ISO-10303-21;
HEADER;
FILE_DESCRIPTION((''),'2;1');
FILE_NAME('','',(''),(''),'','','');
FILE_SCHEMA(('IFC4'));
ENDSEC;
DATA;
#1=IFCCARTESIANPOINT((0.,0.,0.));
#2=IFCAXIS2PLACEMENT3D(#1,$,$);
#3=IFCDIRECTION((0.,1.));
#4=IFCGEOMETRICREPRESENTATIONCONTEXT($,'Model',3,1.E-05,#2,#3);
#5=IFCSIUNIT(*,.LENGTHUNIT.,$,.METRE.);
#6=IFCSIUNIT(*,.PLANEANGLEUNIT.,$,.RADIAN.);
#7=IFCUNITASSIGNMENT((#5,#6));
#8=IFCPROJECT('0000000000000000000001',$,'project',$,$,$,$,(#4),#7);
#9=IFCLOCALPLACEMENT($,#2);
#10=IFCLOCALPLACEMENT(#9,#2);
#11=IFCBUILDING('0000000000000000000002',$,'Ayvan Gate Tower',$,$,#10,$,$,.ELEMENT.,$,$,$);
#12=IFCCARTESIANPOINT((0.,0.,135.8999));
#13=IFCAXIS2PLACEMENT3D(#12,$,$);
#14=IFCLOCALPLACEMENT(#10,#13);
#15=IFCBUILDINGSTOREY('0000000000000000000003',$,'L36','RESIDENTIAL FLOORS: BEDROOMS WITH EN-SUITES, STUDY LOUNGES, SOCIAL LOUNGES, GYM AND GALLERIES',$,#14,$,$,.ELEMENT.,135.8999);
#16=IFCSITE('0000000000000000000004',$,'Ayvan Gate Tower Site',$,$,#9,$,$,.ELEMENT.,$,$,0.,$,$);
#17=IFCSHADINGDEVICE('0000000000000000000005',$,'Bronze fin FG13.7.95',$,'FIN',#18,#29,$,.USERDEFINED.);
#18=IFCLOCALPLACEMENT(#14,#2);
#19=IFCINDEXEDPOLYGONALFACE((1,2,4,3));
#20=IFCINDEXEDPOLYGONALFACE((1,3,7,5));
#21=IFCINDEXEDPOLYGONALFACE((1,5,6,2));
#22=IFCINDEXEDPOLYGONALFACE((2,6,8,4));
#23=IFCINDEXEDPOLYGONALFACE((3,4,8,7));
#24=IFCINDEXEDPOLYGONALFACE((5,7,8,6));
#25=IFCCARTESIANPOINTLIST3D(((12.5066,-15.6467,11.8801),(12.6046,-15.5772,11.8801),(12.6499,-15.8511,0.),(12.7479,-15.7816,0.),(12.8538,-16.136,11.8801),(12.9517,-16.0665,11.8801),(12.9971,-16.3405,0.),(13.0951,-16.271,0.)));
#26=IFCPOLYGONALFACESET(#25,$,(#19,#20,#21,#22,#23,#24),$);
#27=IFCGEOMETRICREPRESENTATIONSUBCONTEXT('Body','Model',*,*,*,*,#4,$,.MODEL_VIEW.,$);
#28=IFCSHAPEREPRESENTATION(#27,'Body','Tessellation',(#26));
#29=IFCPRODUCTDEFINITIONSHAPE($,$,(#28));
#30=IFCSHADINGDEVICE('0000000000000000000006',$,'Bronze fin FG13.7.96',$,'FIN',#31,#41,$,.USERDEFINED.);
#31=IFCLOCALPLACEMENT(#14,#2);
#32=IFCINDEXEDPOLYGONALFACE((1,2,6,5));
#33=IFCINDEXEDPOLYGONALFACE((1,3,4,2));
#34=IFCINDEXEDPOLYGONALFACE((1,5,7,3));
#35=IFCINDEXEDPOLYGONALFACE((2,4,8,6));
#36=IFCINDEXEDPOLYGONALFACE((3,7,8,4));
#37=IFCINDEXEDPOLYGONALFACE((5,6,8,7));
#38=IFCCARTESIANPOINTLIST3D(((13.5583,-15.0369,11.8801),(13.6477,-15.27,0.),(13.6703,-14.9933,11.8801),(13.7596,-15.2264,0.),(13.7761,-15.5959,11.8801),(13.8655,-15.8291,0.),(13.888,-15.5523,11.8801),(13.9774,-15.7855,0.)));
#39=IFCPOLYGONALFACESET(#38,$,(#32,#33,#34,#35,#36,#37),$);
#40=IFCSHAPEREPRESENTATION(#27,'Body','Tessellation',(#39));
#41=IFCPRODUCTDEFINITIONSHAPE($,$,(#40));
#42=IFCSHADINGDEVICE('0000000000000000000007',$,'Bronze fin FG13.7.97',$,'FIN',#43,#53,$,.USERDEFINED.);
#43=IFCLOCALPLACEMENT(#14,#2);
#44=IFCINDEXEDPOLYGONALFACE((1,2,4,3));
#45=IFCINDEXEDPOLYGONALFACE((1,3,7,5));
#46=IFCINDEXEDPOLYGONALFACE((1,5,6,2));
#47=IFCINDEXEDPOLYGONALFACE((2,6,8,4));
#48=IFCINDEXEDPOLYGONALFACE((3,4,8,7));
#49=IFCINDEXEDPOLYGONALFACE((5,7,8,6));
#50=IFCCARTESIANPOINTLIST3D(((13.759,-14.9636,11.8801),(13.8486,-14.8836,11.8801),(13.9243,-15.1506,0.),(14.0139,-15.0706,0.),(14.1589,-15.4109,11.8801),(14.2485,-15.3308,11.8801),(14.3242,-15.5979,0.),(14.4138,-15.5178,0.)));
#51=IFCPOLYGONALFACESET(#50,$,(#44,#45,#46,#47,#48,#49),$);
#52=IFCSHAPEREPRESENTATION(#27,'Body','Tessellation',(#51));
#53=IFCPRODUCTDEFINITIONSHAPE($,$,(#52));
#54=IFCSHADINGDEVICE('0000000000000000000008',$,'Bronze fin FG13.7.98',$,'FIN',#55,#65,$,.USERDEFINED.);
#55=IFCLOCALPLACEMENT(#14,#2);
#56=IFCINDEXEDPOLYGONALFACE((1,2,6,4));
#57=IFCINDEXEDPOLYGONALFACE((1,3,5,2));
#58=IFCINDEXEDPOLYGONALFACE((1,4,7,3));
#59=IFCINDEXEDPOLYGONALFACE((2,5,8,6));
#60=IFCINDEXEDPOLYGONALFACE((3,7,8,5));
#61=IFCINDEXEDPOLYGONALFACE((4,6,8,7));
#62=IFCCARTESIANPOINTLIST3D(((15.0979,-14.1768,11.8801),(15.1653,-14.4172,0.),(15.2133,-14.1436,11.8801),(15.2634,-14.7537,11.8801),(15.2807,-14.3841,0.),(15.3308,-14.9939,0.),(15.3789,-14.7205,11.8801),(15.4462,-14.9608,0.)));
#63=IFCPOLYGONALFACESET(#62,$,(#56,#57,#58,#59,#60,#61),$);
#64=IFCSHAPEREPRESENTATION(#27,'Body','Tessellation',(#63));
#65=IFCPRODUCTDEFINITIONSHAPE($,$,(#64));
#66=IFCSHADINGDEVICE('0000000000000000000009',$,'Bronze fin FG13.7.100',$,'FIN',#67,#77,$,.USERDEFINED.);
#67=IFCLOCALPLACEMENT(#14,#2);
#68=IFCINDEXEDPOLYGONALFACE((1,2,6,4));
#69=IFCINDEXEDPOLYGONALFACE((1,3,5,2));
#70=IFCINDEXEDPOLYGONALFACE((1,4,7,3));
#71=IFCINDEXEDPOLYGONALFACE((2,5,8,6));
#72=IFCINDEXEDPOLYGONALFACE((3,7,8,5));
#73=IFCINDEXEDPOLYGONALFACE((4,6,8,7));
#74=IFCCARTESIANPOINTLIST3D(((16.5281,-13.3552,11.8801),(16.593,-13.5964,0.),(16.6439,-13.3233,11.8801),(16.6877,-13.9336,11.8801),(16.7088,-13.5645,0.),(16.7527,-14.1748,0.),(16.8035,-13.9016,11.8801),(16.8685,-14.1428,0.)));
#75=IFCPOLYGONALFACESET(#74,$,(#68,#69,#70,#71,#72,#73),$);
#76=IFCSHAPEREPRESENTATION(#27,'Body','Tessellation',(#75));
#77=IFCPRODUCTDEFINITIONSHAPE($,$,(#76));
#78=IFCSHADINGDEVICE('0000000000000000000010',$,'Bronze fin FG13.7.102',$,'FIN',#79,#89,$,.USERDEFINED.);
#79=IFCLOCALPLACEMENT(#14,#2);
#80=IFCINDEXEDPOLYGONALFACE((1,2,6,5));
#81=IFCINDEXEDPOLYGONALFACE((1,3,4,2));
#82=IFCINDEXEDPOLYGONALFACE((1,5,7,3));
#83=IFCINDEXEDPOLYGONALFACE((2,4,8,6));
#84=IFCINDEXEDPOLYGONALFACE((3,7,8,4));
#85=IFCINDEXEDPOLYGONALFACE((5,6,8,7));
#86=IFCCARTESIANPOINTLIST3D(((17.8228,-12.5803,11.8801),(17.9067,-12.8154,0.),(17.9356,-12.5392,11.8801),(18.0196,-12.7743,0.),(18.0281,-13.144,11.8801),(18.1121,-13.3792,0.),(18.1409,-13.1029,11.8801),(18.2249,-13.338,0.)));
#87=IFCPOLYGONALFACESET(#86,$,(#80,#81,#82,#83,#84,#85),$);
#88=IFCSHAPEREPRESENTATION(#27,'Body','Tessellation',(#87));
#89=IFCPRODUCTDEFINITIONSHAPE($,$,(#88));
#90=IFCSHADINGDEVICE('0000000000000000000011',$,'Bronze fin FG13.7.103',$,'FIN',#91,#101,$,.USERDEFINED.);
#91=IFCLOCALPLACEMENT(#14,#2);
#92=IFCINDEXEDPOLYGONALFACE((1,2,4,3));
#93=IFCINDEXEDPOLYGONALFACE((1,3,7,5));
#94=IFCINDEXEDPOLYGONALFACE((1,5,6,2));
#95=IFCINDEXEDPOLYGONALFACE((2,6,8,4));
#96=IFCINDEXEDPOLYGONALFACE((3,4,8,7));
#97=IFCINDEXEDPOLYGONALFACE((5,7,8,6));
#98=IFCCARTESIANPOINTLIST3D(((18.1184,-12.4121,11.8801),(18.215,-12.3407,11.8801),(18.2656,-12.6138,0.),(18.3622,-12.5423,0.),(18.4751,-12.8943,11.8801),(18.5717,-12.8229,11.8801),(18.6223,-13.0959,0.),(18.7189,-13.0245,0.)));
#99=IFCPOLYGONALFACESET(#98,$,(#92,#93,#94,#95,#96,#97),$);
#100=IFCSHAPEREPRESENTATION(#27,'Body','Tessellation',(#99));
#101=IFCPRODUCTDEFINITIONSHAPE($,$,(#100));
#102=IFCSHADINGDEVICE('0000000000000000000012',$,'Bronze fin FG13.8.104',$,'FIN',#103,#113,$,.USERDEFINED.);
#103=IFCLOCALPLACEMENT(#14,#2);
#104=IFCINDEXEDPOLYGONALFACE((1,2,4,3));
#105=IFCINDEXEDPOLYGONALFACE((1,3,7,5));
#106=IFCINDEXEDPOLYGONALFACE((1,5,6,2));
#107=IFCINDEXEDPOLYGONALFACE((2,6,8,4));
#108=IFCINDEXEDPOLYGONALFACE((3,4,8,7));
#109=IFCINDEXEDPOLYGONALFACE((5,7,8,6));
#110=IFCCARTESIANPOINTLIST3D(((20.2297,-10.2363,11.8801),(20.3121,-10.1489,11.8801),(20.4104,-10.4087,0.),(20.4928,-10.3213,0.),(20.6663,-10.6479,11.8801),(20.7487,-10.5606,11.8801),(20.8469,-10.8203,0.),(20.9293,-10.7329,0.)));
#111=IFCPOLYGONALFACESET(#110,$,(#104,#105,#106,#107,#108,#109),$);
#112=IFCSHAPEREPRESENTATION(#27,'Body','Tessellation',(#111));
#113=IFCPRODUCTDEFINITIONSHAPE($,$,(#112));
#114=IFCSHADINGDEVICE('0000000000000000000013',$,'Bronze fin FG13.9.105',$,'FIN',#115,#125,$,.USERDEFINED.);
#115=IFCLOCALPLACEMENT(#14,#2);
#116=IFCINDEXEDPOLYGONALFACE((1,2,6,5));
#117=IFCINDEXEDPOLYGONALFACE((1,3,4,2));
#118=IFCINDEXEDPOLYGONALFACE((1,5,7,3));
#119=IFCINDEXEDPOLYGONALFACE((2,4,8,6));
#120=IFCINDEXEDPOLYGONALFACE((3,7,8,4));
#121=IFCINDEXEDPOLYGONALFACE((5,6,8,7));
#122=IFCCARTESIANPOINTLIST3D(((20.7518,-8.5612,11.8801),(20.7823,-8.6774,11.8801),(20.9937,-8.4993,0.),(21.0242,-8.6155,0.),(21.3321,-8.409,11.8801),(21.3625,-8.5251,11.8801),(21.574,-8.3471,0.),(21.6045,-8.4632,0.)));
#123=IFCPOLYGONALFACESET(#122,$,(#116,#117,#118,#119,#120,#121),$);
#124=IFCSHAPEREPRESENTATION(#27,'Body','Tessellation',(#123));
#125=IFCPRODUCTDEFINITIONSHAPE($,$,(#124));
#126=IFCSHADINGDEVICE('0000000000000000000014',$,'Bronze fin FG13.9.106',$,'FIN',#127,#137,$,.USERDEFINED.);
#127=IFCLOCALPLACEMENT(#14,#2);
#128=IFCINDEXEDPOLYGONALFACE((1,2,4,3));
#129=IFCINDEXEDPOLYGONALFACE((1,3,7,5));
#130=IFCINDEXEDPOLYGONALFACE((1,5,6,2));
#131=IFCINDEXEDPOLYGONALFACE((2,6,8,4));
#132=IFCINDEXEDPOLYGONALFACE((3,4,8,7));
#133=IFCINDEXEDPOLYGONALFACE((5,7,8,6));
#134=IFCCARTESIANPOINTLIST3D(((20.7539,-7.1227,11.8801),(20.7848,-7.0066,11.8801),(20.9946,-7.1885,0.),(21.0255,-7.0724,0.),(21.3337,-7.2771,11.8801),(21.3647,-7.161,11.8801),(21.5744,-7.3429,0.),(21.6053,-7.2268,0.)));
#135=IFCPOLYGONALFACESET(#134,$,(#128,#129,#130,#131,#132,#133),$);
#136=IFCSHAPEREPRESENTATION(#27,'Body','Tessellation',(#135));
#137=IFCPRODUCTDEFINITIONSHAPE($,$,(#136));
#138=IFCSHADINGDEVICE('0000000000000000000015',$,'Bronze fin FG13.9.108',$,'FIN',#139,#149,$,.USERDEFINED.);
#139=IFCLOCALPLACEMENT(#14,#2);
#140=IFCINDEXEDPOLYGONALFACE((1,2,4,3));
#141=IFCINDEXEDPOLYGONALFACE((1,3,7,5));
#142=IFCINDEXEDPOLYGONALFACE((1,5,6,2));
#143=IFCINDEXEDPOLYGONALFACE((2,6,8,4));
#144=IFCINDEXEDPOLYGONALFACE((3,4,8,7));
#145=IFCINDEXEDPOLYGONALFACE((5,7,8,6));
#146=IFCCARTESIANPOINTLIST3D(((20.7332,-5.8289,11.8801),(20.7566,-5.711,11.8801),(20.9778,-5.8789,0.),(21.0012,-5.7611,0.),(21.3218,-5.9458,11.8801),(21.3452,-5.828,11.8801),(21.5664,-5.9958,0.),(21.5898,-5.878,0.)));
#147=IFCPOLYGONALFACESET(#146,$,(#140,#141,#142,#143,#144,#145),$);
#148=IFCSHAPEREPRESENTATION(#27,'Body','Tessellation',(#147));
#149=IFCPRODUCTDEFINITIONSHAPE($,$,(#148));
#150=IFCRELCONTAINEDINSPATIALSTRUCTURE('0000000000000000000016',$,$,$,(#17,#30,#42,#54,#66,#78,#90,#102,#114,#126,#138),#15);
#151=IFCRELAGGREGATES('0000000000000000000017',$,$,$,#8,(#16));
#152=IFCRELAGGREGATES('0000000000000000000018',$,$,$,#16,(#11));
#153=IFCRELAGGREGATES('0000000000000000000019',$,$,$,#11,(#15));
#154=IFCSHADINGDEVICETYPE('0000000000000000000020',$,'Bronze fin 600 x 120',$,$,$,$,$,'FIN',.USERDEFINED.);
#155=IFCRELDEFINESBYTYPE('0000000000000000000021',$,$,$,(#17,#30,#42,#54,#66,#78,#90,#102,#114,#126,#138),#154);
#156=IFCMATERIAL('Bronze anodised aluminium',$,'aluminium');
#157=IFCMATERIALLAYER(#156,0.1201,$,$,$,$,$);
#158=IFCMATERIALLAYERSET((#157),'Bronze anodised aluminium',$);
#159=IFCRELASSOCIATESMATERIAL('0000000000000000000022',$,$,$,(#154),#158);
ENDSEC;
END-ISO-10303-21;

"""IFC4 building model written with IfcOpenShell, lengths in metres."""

from ifc_helpers import new_model, si_unit, direction, frame, origin, place, context, subcontext, project, spatial, polyline, outline, extrude, material, layer, layer_set, type_object, element, save


model = new_model("IFC4")

# Units and contexts
model_context = context("Model", 3, precision=1e-05, world=origin(), true_north=direction((0.0, 1.0)))
body_context = subcontext(model_context, "Body", "Model", "MODEL_VIEW")
ifc_project = project(units=[si_unit("LENGTHUNIT", "METRE"), si_unit("PLANEANGLEUNIT", "RADIAN")], contexts=[model_context])

# Site, building, storey
site_placement = place(None, origin())
site = spatial("IfcSite", under=ifc_project, at=site_placement, Name="Ayvan Gate Tower Site", CompositionType="ELEMENT", RefElevation=0.0)
building_placement = place(site_placement, origin())
building = spatial("IfcBuilding", under=site, at=building_placement, Name="Ayvan Gate Tower", CompositionType="ELEMENT")
storey_placement = place(building_placement, frame((0.0, 0.0, 135.8999)))
storey = spatial("IfcBuildingStorey", under=building, at=storey_placement, Name="L36", Description="RESIDENTIAL FLOORS: BEDROOMS WITH EN-SUITES, STUDY LOUNGES, SOCIAL LOUNGES, GYM AND GALLERIES", CompositionType="ELEMENT", Elevation=135.8999)

# Shared definitions
ifc_material_1 = material(Name="Bronze anodised aluminium", Category="aluminium")

# Shading devices
ifc_layer_1 = layer(ifc_material_1, 0.1201)
ifc_layer_set_1 = layer_set([ifc_layer_1], Name="Bronze anodised aluminium")
shading_device_type = type_object("IfcShadingDeviceType", Name="Bronze fin 600 x 120", ElementType="FIN", PredefinedType="USERDEFINED", material=ifc_layer_set_1)
shading_device_1_placement = place(storey_placement, frame((12.6499, -15.8511, 0.0), z_axis=(-0.815612, -0.578599, 0.000119), x_axis=(0.578599, -0.815612, 0.0)))
element("IfcShadingDevice", 1, at=shading_device_1_placement, inside=storey, type_object=shading_device_type, Name="Bronze fin FG13.7.95", ObjectType="FIN", PredefinedType="USERDEFINED", context=body_context, shape_type="SweptSolid", body=[
    extrude(outline(polyline([(0.0, 0.0), (0.6001, 0.0), (0.3503, 11.8801), (-0.2496, 11.8801), (0.0, 0.0)])), origin(), (0.0, 0.0, -1.0), 0.1201),
])
shading_device_2_placement = place(storey_placement, frame((13.6477, -15.27, 0.0), z_axis=(-0.931806, -0.362957, 0.000115), x_axis=(0.362957, -0.931806, 0.0)))
element("IfcShadingDevice", 2, at=shading_device_2_placement, inside=storey, type_object=shading_device_type, Name="Bronze fin FG13.7.96", ObjectType="FIN", PredefinedType="USERDEFINED", context=body_context, shape_type="SweptSolid", body=[
    extrude(outline(polyline([(0.0, 0.0), (0.6, 0.0), (0.3503, 11.8801), (-0.2497, 11.8801), (0.0, 0.0)])), origin(), (0.0, 0.0, -1.0), 0.1201),
])
shading_device_3_placement = place(storey_placement, frame((13.9243, -15.1506, 0.0), z_axis=(-0.745475, -0.666533, 0.000121), x_axis=(0.666533, -0.745475, 0.0)))
element("IfcShadingDevice", 3, at=shading_device_3_placement, inside=storey, type_object=shading_device_type, Name="Bronze fin FG13.7.97", ObjectType="FIN", PredefinedType="USERDEFINED", context=body_context, shape_type="SweptSolid", body=[
    extrude(outline(polyline([(0.0, 0.0), (0.6, 0.0), (0.3504, 11.8801), (-0.2496, 11.8801), (0.0, 0.0)])), origin(), (0.0, 0.0, -1.0), 0.1201),
])
shading_device_4_placement = place(storey_placement, frame((15.1653, -14.4172, 0.0), z_axis=(-0.961201, -0.275849, 0.000129), x_axis=(0.275849, -0.961201, 0.0)))
element("IfcShadingDevice", 4, at=shading_device_4_placement, inside=storey, type_object=shading_device_type, Name="Bronze fin FG13.7.98", ObjectType="FIN", PredefinedType="USERDEFINED", context=body_context, shape_type="SweptSolid", body=[
    extrude(outline(polyline([(0.0, 0.0), (0.5999, 0.0), (0.3504, 11.8801), (-0.2497, 11.8801), (0.0, 0.0)])), origin(), (0.0, 0.0, -1.0), 0.1201),
])
shading_device_5_placement = place(storey_placement, frame((16.593, -13.5964, 0.0), z_axis=(-0.963942, -0.266112, 0.000134), x_axis=(0.266112, -0.963942, 0.0)))
element("IfcShadingDevice", 5, at=shading_device_5_placement, inside=storey, type_object=shading_device_type, Name="Bronze fin FG13.7.100", ObjectType="FIN", PredefinedType="USERDEFINED", context=body_context, shape_type="SweptSolid", body=[
    extrude(outline(polyline([(0.0, 0.0), (0.6, 0.0), (0.3502, 11.8801), (-0.2498, 11.8801), (0.0, 0.0)])), origin(), (0.0, 0.0, -1.0), 0.1201),
])
shading_device_6_placement = place(storey_placement, frame((17.9067, -12.8154, 0.0), z_axis=(-0.939615, -0.342233, 0.00013), x_axis=(0.342233, -0.939615, 0.0)))
element("IfcShadingDevice", 6, at=shading_device_6_placement, inside=storey, type_object=shading_device_type, Name="Bronze fin FG13.7.102", ObjectType="FIN", PredefinedType="USERDEFINED", context=body_context, shape_type="SweptSolid", body=[
    extrude(outline(polyline([(0.0, 0.0), (0.5999, 0.0), (0.3503, 11.8801), (-0.2497, 11.8801), (0.0, 0.0)])), origin(), (0.0, 0.0, -1.0), 0.1201),
])
shading_device_7_placement = place(storey_placement, frame((18.2656, -12.6138, 0.0), z_axis=(-0.803939, -0.594711, 0.000133), x_axis=(0.594711, -0.803939, 0.0)))
element("IfcShadingDevice", 7, at=shading_device_7_placement, inside=storey, type_object=shading_device_type, Name="Bronze fin FG13.7.103", ObjectType="FIN", PredefinedType="USERDEFINED", context=body_context, shape_type="SweptSolid", body=[
    extrude(outline(polyline([(0.0, 0.0), (0.5998, 0.0), (0.3501, 11.8801), (-0.2497, 11.8801), (0.0, 0.0)])), origin(), (0.0, 0.0, -1.0), 0.1201),
])
shading_device_8_placement = place(storey_placement, frame((20.4104, -10.4087, 0.0), z_axis=(-0.68605, -0.727555, 0.000123), x_axis=(0.727555, -0.68605, 0.0)))
element("IfcShadingDevice", 8, at=shading_device_8_placement, inside=storey, type_object=shading_device_type, Name="Bronze fin FG13.8.104", ObjectType="FIN", PredefinedType="USERDEFINED", context=body_context, shape_type="SweptSolid", body=[
    extrude(outline(polyline([(0.0, 0.0), (0.6, 0.0), (0.3503, 11.8801), (-0.2497, 11.8801), (0.0, 0.0)])), origin(), (0.0, 0.0, -1.0), 0.1201),
])
shading_device_9_placement = place(storey_placement, frame((21.0242, -8.6155, 0.0), z_axis=(0.253722, -0.967277, 0.000128), x_axis=(0.967277, 0.253722, 0.0)))
element("IfcShadingDevice", 9, at=shading_device_9_placement, inside=storey, type_object=shading_device_type, Name="Bronze fin FG13.9.105", ObjectType="FIN", PredefinedType="USERDEFINED", context=body_context, shape_type="SweptSolid", body=[
    extrude(outline(polyline([(0.0, 0.0), (0.6, 0.0), (0.3502, 11.8801), (-0.2497, 11.8801), (0.0, 0.0)])), origin(), (0.0, 0.0, -1.0), 0.1201),
])
shading_device_10_placement = place(storey_placement, frame((20.9946, -7.1885, 0.0), z_axis=(-0.257346, -0.966319, 0.000137), x_axis=(0.966319, -0.257346, 0.0)))
element("IfcShadingDevice", 10, at=shading_device_10_placement, inside=storey, type_object=shading_device_type, Name="Bronze fin FG13.9.106", ObjectType="FIN", PredefinedType="USERDEFINED", context=body_context, shape_type="SweptSolid", body=[
    extrude(outline(polyline([(0.0, 0.0), (0.6, 0.0), (0.3505, 11.8801), (-0.2496, 11.8801), (0.0, 0.0)])), origin(), (0.0, 0.0, -1.0), 0.1201),
])
shading_device_11_placement = place(storey_placement, frame((20.9778, -5.8789, 0.0), z_axis=(-0.194864, -0.98083, 0.00012), x_axis=(0.98083, -0.194864, 0.0)))
element("IfcShadingDevice", 11, at=shading_device_11_placement, inside=storey, type_object=shading_device_type, Name="Bronze fin FG13.9.108", ObjectType="FIN", PredefinedType="USERDEFINED", context=body_context, shape_type="SweptSolid", body=[
    extrude(outline(polyline([(0.0, 0.0), (0.6001, 0.0), (0.3504, 11.8801), (-0.2497, 11.8801), (0.0, 0.0)])), origin(), (0.0, 0.0, -1.0), 0.1201),
])

save(model, "model.ifc")
